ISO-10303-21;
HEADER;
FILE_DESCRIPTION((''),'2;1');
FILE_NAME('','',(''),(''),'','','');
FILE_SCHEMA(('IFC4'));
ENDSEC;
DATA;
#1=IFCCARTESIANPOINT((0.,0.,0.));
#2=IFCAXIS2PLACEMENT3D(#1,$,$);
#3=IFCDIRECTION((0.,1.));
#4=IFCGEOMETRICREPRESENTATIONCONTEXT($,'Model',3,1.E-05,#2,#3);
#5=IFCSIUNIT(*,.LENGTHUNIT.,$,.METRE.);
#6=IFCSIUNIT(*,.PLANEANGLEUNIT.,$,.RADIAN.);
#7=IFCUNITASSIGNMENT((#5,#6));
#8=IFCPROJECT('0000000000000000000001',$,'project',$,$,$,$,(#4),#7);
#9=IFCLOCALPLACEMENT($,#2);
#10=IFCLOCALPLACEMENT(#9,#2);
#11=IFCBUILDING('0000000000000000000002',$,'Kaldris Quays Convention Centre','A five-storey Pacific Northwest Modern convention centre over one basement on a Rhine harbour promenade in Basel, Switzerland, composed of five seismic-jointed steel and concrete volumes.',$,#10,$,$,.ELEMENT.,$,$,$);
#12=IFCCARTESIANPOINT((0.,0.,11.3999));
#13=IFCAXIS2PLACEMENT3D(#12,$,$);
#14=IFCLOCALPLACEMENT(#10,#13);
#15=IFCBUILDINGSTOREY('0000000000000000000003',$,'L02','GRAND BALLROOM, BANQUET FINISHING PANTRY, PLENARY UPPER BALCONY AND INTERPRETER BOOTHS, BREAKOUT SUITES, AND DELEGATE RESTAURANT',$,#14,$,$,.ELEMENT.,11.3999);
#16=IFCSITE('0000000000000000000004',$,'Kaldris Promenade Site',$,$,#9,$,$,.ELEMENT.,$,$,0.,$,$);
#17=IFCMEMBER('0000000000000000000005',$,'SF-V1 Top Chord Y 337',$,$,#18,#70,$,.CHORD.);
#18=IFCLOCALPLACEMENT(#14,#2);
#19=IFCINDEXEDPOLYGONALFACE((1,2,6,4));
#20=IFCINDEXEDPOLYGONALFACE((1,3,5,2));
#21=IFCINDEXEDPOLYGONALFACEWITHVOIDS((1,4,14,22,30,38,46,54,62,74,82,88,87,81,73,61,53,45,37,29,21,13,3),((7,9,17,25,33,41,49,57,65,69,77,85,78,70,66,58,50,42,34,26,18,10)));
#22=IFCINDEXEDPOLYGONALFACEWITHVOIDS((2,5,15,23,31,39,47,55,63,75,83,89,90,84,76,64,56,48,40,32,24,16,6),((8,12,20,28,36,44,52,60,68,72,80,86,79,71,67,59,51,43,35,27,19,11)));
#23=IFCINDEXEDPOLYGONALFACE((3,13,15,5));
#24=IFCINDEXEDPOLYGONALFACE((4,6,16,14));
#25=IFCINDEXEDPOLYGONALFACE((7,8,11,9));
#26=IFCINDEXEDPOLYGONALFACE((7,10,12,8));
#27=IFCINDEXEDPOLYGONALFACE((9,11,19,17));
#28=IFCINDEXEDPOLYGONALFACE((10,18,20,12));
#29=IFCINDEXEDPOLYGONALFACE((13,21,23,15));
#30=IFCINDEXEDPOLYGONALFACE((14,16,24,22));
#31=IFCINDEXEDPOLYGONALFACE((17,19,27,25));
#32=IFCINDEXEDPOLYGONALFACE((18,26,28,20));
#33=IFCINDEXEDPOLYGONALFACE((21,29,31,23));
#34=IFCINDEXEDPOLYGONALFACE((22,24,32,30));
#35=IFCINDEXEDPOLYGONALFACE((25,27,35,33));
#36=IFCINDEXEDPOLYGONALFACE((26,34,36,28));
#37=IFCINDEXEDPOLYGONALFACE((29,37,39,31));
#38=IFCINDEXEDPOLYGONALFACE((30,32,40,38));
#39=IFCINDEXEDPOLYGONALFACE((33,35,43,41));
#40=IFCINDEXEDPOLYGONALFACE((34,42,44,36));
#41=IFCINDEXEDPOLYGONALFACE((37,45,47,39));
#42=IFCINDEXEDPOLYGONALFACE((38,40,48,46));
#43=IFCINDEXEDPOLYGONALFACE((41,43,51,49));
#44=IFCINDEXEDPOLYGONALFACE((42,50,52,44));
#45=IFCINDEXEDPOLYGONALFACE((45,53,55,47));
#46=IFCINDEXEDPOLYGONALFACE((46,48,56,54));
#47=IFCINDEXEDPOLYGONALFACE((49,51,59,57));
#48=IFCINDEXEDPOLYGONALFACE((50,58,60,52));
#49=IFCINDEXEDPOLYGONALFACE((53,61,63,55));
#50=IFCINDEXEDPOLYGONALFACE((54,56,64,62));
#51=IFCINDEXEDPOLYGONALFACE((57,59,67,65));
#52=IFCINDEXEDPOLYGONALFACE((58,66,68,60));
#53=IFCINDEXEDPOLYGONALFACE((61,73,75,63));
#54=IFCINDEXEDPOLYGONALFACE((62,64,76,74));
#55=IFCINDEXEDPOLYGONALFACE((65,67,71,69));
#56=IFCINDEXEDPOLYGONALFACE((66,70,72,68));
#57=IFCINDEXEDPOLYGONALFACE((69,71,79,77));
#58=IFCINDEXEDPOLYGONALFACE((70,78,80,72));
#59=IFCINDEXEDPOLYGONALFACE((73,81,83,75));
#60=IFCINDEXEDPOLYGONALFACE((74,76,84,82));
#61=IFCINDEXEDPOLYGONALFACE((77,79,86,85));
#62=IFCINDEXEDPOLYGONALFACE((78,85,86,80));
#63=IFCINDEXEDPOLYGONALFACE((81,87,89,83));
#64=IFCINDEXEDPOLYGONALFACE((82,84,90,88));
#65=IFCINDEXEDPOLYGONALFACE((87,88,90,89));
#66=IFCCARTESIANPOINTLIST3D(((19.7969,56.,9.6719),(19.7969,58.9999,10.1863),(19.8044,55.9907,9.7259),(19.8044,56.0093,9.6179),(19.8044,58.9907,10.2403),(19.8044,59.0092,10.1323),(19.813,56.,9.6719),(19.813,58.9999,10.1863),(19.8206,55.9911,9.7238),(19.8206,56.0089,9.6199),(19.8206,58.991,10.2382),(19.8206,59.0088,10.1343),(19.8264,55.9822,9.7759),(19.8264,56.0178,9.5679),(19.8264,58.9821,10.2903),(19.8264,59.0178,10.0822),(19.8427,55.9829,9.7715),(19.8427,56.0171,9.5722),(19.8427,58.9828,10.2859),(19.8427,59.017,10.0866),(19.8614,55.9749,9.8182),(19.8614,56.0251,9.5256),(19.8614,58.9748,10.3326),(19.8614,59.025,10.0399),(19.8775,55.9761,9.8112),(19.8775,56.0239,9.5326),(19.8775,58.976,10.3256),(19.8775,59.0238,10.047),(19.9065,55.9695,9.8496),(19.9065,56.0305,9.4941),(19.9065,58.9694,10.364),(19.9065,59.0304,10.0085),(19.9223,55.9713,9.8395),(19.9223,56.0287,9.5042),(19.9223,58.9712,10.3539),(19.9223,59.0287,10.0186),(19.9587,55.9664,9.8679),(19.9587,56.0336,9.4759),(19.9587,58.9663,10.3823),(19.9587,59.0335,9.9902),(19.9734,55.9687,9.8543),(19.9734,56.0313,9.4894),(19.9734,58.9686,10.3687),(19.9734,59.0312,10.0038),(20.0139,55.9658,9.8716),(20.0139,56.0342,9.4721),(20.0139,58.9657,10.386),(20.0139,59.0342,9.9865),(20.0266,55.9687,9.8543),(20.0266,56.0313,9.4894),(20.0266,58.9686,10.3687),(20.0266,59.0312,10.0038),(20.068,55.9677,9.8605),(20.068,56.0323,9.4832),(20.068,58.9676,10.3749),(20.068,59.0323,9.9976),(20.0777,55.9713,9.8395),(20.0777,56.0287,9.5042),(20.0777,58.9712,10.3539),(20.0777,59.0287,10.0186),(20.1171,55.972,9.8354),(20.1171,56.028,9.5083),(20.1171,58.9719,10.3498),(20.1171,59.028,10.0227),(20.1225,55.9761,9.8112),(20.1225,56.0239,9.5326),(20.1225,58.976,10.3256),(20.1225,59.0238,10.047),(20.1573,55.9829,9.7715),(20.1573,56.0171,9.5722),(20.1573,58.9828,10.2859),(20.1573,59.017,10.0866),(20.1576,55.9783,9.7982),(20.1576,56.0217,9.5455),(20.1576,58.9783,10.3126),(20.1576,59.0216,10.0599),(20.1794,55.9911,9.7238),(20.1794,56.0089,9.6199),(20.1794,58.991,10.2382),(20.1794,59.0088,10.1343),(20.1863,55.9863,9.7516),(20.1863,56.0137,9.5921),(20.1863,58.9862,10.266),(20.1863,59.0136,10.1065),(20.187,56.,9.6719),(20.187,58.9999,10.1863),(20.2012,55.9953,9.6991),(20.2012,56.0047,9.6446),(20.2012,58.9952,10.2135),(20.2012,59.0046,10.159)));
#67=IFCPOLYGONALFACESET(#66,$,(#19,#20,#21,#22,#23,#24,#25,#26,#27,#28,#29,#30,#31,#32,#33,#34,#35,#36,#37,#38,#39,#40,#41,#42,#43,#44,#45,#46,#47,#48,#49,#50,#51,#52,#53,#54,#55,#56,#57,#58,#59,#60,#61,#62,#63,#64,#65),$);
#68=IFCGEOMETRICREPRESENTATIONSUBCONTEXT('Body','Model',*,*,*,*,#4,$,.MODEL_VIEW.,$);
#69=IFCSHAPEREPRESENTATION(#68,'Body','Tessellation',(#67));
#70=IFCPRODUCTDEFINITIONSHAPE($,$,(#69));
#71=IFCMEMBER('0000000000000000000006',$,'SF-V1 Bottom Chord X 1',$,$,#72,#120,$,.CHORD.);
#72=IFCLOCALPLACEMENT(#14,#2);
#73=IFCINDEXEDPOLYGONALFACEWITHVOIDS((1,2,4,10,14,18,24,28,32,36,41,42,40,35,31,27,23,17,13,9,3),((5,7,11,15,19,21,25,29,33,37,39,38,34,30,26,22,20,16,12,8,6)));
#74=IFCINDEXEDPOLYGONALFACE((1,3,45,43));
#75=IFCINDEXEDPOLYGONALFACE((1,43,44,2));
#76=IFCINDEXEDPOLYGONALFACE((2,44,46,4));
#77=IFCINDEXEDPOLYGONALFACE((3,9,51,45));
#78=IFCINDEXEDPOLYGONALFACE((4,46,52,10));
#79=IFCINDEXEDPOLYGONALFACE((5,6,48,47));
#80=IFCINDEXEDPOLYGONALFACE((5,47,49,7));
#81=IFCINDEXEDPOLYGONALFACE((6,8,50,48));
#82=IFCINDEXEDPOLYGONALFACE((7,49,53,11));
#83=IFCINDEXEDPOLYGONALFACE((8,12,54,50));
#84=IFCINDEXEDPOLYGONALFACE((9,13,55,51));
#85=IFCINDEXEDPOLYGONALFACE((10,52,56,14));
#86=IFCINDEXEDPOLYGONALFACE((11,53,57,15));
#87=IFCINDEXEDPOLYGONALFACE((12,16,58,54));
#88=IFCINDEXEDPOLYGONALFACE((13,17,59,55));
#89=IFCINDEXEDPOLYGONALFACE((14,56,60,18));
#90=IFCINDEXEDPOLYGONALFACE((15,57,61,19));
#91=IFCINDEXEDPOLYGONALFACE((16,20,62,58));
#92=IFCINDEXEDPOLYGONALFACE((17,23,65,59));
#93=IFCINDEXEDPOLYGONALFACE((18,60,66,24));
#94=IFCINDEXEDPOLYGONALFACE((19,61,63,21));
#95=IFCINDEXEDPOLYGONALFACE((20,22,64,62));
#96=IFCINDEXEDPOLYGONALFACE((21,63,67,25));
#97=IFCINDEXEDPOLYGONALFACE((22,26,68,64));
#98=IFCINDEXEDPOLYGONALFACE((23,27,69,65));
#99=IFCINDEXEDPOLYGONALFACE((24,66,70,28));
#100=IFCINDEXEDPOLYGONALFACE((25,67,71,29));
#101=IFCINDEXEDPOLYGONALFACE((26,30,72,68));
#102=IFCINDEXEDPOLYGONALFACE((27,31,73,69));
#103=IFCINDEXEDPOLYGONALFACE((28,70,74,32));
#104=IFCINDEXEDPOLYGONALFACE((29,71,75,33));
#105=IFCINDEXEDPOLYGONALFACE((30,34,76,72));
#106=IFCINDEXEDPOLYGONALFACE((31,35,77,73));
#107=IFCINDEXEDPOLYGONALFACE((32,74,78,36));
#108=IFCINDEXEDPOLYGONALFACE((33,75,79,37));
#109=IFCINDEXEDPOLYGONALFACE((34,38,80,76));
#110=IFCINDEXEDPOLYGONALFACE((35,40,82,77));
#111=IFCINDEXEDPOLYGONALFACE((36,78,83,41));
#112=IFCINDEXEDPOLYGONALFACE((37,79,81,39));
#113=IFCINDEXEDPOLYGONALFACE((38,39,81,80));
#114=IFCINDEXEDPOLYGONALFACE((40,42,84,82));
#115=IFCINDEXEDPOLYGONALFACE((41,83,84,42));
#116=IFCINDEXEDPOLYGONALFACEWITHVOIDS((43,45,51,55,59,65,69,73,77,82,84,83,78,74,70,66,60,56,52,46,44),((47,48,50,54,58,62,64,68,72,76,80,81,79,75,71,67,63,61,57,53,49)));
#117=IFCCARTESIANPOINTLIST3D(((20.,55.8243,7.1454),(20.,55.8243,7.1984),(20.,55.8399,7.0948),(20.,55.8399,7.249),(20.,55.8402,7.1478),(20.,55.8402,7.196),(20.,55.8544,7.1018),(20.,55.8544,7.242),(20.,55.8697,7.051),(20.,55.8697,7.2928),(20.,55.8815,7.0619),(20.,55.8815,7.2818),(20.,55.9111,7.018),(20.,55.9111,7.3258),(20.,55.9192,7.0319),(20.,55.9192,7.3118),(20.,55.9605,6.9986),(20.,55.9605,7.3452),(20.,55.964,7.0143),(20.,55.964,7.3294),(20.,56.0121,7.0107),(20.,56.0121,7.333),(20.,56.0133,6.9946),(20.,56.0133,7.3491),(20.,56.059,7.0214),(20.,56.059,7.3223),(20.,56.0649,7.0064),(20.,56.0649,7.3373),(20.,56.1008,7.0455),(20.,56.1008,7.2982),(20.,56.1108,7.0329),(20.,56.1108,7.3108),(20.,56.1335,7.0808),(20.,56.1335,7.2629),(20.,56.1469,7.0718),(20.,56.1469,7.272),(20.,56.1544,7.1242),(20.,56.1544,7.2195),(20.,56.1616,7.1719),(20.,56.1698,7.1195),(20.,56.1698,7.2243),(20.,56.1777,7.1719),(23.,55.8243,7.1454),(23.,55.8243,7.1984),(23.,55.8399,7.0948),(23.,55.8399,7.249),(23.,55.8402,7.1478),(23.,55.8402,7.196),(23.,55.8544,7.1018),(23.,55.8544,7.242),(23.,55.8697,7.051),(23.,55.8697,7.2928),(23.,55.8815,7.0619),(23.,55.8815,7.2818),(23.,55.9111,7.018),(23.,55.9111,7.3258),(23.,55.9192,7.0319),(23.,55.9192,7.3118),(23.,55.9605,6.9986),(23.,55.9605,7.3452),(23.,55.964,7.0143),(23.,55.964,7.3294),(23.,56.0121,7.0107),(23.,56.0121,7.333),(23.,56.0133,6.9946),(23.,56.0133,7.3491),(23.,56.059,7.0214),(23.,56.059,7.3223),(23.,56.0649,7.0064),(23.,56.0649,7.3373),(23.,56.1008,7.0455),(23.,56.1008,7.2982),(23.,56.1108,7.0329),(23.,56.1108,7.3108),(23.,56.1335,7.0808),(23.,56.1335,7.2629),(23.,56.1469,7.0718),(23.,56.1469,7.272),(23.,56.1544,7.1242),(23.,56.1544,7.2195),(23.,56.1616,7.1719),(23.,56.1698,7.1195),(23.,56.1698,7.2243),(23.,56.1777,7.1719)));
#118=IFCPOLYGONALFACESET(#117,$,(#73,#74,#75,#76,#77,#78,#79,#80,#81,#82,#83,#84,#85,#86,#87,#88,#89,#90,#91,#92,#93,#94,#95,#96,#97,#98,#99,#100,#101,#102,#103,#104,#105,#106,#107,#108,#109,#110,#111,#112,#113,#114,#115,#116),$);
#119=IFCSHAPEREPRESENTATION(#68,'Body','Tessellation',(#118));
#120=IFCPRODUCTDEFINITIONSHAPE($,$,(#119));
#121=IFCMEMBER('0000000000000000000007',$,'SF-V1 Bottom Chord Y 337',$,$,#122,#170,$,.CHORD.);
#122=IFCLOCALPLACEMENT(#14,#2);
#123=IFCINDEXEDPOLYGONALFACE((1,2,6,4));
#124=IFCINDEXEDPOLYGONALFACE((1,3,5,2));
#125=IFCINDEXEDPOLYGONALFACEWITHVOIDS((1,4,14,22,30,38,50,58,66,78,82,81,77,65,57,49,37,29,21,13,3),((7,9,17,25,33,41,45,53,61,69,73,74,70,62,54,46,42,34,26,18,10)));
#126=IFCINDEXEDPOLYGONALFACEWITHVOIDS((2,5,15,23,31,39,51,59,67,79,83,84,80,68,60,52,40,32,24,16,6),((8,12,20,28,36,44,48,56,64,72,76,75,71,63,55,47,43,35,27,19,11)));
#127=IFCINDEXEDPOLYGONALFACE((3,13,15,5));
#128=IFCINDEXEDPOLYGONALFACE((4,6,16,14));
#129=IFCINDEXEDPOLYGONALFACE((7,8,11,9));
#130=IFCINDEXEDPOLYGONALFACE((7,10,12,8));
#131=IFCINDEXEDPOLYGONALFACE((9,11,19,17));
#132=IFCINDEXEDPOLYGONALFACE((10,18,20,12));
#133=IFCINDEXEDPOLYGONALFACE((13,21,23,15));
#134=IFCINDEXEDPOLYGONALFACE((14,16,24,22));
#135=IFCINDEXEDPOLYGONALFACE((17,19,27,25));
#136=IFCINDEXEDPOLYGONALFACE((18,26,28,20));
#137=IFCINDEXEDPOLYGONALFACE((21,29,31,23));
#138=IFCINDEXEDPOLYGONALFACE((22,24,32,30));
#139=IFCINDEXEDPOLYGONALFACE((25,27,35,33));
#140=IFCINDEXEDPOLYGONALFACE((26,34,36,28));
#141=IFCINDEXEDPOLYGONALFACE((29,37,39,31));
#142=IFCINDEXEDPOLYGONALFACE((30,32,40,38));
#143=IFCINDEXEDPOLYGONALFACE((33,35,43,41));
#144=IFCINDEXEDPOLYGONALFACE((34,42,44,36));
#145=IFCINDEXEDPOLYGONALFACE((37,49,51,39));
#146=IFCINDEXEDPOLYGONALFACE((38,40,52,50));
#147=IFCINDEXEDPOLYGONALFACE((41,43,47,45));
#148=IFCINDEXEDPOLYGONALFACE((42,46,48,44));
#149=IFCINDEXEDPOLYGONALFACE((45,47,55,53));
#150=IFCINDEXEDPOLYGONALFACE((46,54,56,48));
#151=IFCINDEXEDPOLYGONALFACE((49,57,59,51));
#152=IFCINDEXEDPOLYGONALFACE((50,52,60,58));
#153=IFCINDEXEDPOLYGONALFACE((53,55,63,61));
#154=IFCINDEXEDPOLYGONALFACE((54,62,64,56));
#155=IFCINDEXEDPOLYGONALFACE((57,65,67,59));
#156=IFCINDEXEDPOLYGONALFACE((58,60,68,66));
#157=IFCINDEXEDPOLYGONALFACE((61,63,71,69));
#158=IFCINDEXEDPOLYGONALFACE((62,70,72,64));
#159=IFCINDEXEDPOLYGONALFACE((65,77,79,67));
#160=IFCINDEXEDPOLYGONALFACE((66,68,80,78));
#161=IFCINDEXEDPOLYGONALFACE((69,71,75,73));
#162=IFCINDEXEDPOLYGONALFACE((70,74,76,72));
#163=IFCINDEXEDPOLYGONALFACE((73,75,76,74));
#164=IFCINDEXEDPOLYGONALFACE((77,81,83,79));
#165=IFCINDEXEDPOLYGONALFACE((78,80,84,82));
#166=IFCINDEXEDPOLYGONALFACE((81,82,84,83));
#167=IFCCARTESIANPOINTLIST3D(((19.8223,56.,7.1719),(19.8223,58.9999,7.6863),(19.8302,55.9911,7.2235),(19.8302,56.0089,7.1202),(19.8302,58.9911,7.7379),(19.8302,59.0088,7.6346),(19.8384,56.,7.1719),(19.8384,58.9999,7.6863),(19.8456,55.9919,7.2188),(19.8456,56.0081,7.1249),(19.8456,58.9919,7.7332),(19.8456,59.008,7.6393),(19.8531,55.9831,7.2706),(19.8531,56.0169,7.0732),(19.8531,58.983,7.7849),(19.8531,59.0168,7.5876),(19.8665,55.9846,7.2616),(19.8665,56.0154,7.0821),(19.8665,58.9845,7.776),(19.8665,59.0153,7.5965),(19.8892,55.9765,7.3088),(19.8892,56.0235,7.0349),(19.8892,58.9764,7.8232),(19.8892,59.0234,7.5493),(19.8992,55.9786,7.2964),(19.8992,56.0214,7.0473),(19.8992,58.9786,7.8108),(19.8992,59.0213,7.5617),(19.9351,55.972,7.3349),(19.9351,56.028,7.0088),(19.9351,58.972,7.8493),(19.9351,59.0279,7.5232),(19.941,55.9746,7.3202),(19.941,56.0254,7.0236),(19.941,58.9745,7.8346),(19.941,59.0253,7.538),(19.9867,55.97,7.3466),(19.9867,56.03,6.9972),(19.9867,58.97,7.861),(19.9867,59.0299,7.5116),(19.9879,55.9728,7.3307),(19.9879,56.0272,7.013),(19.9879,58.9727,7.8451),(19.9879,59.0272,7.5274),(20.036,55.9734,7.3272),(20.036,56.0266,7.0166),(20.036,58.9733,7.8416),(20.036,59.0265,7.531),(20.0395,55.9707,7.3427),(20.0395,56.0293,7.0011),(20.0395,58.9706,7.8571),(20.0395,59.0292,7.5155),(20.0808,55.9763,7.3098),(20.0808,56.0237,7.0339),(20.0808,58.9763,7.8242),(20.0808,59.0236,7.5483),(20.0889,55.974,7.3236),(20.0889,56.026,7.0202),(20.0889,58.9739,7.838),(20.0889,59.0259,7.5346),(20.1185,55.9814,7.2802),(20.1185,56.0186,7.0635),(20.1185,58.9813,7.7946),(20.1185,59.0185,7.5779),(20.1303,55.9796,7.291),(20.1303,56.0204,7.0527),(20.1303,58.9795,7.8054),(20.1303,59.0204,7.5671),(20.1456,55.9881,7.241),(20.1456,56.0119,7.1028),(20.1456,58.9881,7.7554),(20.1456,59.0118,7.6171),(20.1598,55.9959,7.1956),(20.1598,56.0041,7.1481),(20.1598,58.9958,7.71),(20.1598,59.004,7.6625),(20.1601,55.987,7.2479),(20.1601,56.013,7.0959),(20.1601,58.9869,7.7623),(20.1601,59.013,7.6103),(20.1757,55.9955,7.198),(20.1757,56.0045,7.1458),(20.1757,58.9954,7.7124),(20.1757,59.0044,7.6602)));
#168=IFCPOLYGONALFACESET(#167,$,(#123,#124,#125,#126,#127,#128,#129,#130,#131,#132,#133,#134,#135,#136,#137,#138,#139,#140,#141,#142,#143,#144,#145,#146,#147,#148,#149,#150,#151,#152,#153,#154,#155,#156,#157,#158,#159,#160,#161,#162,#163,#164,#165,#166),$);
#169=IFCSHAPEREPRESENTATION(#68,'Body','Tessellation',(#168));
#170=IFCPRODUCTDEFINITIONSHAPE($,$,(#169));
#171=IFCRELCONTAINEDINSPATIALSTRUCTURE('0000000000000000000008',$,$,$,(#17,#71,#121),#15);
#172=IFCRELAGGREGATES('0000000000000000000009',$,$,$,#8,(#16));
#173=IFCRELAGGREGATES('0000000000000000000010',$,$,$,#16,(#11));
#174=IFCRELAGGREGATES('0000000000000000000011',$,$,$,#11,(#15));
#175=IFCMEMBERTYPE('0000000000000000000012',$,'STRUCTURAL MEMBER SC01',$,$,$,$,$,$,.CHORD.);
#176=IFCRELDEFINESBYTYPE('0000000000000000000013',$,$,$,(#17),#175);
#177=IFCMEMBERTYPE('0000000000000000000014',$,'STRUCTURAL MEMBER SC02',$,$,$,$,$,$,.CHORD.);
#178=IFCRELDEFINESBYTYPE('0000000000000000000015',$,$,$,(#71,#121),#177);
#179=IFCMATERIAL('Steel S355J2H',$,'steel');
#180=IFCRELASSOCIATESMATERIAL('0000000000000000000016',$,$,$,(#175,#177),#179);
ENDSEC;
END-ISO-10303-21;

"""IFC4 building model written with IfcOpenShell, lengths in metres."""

from ifc_helpers import new_model, si_unit, direction, frame, origin, origin_2d, place, context, subcontext, project, spatial, hollow_circle, extrude, material, material_profile, profile_set, type_object, element, save


model = new_model("IFC4")

# Units and contexts
model_context = context("Model", 3, precision=1e-05, world=origin(), true_north=direction((0.0, 1.0)))
body_context = subcontext(model_context, "Body", "Model", "MODEL_VIEW")
ifc_project = project(units=[si_unit("LENGTHUNIT", "METRE"), si_unit("PLANEANGLEUNIT", "RADIAN")], contexts=[model_context])

# Site, building, storey
site_placement = place(None, origin())
site = spatial("IfcSite", under=ifc_project, at=site_placement, Name="Kaldris Promenade Site", CompositionType="ELEMENT", RefElevation=0.0)
building_placement = place(site_placement, origin())
building = spatial("IfcBuilding", under=site, at=building_placement, Name="Kaldris Quays Convention Centre", Description="A five-storey Pacific Northwest Modern convention centre over one basement on a Rhine harbour promenade in Basel, Switzerland, composed of five seismic-jointed steel and concrete volumes.", CompositionType="ELEMENT")
storey_placement = place(building_placement, frame((0.0, 0.0, 11.3999)))
storey = spatial("IfcBuildingStorey", under=building, at=storey_placement, Name="L02", Description="GRAND BALLROOM, BANQUET FINISHING PANTRY, PLENARY UPPER BALCONY AND INTERPRETER BOOTHS, BREAKOUT SUITES, AND DELEGATE RESTAURANT", CompositionType="ELEMENT", Elevation=11.3999)

# Members
ifc_material_1 = material(Name="Steel S355J2H", Category="steel")
ifc_material_profile_1 = material_profile(ifc_material_1, hollow_circle(Radius=0.2031, WallThickness=0.0161, at=origin_2d()), Name="CHS 406.4x16")
ifc_profile_set_1 = profile_set([ifc_material_profile_1], Name="Steel S355J2H")
member_type_1 = type_object("IfcMemberType", Name="STRUCTURAL MEMBER SC01", PredefinedType="CHORD", material=ifc_profile_set_1)
member_1_placement = place(storey_placement, frame((20.0, 56.0, 9.6719), z_axis=(0.0, 0.985616, 0.169002), x_axis=(-1.0, 0.0, 0.0)))
element("IfcMember", 1, at=member_1_placement, inside=storey, type_object=member_type_1, Name="SF-V1 Top Chord Y 337", PredefinedType="CHORD", context=body_context, shape_type="SweptSolid", body=[
    extrude(hollow_circle(Radius=0.2031, WallThickness=0.0161, at=origin_2d()), origin(), (0.0, 0.0, 1.0), 3.0437),
])
ifc_material_profile_2 = material_profile(ifc_material_1, hollow_circle(Radius=0.1777, WallThickness=0.0161, at=origin_2d()), Name="CHS 355.6x16")
ifc_profile_set_2 = profile_set([ifc_material_profile_2], Name="Steel S355J2H")
member_type_2 = type_object("IfcMemberType", Name="STRUCTURAL MEMBER SC02", PredefinedType="CHORD", material=ifc_profile_set_2)
member_2_placement = place(storey_placement, frame((20.0, 56.0, 7.1719), z_axis=(1.0, 0.0, 0.0), x_axis=(0.0, 1.0, 0.0)))
element("IfcMember", 2, at=member_2_placement, inside=storey, type_object=member_type_2, Name="SF-V1 Bottom Chord X 1", PredefinedType="CHORD", context=body_context, shape_type="SweptSolid", body=[
    extrude(hollow_circle(Radius=0.1777, WallThickness=0.0161, at=origin_2d()), origin(), (0.0, 0.0, 1.0), 3.0),
])
member_3_placement = place(storey_placement, frame((20.0, 56.0, 7.1719), z_axis=(0.0, 0.985616, 0.169002), x_axis=(-1.0, 0.0, 0.0)))
element("IfcMember", 3, at=member_3_placement, inside=storey, type_object=member_type_2, Name="SF-V1 Bottom Chord Y 337", PredefinedType="CHORD", context=body_context, shape_type="SweptSolid", body=[
    extrude(hollow_circle(Radius=0.1777, WallThickness=0.0161, at=origin_2d()), origin(), (0.0, 0.0, 1.0), 3.0437),
])

save(model, "model.ifc")
